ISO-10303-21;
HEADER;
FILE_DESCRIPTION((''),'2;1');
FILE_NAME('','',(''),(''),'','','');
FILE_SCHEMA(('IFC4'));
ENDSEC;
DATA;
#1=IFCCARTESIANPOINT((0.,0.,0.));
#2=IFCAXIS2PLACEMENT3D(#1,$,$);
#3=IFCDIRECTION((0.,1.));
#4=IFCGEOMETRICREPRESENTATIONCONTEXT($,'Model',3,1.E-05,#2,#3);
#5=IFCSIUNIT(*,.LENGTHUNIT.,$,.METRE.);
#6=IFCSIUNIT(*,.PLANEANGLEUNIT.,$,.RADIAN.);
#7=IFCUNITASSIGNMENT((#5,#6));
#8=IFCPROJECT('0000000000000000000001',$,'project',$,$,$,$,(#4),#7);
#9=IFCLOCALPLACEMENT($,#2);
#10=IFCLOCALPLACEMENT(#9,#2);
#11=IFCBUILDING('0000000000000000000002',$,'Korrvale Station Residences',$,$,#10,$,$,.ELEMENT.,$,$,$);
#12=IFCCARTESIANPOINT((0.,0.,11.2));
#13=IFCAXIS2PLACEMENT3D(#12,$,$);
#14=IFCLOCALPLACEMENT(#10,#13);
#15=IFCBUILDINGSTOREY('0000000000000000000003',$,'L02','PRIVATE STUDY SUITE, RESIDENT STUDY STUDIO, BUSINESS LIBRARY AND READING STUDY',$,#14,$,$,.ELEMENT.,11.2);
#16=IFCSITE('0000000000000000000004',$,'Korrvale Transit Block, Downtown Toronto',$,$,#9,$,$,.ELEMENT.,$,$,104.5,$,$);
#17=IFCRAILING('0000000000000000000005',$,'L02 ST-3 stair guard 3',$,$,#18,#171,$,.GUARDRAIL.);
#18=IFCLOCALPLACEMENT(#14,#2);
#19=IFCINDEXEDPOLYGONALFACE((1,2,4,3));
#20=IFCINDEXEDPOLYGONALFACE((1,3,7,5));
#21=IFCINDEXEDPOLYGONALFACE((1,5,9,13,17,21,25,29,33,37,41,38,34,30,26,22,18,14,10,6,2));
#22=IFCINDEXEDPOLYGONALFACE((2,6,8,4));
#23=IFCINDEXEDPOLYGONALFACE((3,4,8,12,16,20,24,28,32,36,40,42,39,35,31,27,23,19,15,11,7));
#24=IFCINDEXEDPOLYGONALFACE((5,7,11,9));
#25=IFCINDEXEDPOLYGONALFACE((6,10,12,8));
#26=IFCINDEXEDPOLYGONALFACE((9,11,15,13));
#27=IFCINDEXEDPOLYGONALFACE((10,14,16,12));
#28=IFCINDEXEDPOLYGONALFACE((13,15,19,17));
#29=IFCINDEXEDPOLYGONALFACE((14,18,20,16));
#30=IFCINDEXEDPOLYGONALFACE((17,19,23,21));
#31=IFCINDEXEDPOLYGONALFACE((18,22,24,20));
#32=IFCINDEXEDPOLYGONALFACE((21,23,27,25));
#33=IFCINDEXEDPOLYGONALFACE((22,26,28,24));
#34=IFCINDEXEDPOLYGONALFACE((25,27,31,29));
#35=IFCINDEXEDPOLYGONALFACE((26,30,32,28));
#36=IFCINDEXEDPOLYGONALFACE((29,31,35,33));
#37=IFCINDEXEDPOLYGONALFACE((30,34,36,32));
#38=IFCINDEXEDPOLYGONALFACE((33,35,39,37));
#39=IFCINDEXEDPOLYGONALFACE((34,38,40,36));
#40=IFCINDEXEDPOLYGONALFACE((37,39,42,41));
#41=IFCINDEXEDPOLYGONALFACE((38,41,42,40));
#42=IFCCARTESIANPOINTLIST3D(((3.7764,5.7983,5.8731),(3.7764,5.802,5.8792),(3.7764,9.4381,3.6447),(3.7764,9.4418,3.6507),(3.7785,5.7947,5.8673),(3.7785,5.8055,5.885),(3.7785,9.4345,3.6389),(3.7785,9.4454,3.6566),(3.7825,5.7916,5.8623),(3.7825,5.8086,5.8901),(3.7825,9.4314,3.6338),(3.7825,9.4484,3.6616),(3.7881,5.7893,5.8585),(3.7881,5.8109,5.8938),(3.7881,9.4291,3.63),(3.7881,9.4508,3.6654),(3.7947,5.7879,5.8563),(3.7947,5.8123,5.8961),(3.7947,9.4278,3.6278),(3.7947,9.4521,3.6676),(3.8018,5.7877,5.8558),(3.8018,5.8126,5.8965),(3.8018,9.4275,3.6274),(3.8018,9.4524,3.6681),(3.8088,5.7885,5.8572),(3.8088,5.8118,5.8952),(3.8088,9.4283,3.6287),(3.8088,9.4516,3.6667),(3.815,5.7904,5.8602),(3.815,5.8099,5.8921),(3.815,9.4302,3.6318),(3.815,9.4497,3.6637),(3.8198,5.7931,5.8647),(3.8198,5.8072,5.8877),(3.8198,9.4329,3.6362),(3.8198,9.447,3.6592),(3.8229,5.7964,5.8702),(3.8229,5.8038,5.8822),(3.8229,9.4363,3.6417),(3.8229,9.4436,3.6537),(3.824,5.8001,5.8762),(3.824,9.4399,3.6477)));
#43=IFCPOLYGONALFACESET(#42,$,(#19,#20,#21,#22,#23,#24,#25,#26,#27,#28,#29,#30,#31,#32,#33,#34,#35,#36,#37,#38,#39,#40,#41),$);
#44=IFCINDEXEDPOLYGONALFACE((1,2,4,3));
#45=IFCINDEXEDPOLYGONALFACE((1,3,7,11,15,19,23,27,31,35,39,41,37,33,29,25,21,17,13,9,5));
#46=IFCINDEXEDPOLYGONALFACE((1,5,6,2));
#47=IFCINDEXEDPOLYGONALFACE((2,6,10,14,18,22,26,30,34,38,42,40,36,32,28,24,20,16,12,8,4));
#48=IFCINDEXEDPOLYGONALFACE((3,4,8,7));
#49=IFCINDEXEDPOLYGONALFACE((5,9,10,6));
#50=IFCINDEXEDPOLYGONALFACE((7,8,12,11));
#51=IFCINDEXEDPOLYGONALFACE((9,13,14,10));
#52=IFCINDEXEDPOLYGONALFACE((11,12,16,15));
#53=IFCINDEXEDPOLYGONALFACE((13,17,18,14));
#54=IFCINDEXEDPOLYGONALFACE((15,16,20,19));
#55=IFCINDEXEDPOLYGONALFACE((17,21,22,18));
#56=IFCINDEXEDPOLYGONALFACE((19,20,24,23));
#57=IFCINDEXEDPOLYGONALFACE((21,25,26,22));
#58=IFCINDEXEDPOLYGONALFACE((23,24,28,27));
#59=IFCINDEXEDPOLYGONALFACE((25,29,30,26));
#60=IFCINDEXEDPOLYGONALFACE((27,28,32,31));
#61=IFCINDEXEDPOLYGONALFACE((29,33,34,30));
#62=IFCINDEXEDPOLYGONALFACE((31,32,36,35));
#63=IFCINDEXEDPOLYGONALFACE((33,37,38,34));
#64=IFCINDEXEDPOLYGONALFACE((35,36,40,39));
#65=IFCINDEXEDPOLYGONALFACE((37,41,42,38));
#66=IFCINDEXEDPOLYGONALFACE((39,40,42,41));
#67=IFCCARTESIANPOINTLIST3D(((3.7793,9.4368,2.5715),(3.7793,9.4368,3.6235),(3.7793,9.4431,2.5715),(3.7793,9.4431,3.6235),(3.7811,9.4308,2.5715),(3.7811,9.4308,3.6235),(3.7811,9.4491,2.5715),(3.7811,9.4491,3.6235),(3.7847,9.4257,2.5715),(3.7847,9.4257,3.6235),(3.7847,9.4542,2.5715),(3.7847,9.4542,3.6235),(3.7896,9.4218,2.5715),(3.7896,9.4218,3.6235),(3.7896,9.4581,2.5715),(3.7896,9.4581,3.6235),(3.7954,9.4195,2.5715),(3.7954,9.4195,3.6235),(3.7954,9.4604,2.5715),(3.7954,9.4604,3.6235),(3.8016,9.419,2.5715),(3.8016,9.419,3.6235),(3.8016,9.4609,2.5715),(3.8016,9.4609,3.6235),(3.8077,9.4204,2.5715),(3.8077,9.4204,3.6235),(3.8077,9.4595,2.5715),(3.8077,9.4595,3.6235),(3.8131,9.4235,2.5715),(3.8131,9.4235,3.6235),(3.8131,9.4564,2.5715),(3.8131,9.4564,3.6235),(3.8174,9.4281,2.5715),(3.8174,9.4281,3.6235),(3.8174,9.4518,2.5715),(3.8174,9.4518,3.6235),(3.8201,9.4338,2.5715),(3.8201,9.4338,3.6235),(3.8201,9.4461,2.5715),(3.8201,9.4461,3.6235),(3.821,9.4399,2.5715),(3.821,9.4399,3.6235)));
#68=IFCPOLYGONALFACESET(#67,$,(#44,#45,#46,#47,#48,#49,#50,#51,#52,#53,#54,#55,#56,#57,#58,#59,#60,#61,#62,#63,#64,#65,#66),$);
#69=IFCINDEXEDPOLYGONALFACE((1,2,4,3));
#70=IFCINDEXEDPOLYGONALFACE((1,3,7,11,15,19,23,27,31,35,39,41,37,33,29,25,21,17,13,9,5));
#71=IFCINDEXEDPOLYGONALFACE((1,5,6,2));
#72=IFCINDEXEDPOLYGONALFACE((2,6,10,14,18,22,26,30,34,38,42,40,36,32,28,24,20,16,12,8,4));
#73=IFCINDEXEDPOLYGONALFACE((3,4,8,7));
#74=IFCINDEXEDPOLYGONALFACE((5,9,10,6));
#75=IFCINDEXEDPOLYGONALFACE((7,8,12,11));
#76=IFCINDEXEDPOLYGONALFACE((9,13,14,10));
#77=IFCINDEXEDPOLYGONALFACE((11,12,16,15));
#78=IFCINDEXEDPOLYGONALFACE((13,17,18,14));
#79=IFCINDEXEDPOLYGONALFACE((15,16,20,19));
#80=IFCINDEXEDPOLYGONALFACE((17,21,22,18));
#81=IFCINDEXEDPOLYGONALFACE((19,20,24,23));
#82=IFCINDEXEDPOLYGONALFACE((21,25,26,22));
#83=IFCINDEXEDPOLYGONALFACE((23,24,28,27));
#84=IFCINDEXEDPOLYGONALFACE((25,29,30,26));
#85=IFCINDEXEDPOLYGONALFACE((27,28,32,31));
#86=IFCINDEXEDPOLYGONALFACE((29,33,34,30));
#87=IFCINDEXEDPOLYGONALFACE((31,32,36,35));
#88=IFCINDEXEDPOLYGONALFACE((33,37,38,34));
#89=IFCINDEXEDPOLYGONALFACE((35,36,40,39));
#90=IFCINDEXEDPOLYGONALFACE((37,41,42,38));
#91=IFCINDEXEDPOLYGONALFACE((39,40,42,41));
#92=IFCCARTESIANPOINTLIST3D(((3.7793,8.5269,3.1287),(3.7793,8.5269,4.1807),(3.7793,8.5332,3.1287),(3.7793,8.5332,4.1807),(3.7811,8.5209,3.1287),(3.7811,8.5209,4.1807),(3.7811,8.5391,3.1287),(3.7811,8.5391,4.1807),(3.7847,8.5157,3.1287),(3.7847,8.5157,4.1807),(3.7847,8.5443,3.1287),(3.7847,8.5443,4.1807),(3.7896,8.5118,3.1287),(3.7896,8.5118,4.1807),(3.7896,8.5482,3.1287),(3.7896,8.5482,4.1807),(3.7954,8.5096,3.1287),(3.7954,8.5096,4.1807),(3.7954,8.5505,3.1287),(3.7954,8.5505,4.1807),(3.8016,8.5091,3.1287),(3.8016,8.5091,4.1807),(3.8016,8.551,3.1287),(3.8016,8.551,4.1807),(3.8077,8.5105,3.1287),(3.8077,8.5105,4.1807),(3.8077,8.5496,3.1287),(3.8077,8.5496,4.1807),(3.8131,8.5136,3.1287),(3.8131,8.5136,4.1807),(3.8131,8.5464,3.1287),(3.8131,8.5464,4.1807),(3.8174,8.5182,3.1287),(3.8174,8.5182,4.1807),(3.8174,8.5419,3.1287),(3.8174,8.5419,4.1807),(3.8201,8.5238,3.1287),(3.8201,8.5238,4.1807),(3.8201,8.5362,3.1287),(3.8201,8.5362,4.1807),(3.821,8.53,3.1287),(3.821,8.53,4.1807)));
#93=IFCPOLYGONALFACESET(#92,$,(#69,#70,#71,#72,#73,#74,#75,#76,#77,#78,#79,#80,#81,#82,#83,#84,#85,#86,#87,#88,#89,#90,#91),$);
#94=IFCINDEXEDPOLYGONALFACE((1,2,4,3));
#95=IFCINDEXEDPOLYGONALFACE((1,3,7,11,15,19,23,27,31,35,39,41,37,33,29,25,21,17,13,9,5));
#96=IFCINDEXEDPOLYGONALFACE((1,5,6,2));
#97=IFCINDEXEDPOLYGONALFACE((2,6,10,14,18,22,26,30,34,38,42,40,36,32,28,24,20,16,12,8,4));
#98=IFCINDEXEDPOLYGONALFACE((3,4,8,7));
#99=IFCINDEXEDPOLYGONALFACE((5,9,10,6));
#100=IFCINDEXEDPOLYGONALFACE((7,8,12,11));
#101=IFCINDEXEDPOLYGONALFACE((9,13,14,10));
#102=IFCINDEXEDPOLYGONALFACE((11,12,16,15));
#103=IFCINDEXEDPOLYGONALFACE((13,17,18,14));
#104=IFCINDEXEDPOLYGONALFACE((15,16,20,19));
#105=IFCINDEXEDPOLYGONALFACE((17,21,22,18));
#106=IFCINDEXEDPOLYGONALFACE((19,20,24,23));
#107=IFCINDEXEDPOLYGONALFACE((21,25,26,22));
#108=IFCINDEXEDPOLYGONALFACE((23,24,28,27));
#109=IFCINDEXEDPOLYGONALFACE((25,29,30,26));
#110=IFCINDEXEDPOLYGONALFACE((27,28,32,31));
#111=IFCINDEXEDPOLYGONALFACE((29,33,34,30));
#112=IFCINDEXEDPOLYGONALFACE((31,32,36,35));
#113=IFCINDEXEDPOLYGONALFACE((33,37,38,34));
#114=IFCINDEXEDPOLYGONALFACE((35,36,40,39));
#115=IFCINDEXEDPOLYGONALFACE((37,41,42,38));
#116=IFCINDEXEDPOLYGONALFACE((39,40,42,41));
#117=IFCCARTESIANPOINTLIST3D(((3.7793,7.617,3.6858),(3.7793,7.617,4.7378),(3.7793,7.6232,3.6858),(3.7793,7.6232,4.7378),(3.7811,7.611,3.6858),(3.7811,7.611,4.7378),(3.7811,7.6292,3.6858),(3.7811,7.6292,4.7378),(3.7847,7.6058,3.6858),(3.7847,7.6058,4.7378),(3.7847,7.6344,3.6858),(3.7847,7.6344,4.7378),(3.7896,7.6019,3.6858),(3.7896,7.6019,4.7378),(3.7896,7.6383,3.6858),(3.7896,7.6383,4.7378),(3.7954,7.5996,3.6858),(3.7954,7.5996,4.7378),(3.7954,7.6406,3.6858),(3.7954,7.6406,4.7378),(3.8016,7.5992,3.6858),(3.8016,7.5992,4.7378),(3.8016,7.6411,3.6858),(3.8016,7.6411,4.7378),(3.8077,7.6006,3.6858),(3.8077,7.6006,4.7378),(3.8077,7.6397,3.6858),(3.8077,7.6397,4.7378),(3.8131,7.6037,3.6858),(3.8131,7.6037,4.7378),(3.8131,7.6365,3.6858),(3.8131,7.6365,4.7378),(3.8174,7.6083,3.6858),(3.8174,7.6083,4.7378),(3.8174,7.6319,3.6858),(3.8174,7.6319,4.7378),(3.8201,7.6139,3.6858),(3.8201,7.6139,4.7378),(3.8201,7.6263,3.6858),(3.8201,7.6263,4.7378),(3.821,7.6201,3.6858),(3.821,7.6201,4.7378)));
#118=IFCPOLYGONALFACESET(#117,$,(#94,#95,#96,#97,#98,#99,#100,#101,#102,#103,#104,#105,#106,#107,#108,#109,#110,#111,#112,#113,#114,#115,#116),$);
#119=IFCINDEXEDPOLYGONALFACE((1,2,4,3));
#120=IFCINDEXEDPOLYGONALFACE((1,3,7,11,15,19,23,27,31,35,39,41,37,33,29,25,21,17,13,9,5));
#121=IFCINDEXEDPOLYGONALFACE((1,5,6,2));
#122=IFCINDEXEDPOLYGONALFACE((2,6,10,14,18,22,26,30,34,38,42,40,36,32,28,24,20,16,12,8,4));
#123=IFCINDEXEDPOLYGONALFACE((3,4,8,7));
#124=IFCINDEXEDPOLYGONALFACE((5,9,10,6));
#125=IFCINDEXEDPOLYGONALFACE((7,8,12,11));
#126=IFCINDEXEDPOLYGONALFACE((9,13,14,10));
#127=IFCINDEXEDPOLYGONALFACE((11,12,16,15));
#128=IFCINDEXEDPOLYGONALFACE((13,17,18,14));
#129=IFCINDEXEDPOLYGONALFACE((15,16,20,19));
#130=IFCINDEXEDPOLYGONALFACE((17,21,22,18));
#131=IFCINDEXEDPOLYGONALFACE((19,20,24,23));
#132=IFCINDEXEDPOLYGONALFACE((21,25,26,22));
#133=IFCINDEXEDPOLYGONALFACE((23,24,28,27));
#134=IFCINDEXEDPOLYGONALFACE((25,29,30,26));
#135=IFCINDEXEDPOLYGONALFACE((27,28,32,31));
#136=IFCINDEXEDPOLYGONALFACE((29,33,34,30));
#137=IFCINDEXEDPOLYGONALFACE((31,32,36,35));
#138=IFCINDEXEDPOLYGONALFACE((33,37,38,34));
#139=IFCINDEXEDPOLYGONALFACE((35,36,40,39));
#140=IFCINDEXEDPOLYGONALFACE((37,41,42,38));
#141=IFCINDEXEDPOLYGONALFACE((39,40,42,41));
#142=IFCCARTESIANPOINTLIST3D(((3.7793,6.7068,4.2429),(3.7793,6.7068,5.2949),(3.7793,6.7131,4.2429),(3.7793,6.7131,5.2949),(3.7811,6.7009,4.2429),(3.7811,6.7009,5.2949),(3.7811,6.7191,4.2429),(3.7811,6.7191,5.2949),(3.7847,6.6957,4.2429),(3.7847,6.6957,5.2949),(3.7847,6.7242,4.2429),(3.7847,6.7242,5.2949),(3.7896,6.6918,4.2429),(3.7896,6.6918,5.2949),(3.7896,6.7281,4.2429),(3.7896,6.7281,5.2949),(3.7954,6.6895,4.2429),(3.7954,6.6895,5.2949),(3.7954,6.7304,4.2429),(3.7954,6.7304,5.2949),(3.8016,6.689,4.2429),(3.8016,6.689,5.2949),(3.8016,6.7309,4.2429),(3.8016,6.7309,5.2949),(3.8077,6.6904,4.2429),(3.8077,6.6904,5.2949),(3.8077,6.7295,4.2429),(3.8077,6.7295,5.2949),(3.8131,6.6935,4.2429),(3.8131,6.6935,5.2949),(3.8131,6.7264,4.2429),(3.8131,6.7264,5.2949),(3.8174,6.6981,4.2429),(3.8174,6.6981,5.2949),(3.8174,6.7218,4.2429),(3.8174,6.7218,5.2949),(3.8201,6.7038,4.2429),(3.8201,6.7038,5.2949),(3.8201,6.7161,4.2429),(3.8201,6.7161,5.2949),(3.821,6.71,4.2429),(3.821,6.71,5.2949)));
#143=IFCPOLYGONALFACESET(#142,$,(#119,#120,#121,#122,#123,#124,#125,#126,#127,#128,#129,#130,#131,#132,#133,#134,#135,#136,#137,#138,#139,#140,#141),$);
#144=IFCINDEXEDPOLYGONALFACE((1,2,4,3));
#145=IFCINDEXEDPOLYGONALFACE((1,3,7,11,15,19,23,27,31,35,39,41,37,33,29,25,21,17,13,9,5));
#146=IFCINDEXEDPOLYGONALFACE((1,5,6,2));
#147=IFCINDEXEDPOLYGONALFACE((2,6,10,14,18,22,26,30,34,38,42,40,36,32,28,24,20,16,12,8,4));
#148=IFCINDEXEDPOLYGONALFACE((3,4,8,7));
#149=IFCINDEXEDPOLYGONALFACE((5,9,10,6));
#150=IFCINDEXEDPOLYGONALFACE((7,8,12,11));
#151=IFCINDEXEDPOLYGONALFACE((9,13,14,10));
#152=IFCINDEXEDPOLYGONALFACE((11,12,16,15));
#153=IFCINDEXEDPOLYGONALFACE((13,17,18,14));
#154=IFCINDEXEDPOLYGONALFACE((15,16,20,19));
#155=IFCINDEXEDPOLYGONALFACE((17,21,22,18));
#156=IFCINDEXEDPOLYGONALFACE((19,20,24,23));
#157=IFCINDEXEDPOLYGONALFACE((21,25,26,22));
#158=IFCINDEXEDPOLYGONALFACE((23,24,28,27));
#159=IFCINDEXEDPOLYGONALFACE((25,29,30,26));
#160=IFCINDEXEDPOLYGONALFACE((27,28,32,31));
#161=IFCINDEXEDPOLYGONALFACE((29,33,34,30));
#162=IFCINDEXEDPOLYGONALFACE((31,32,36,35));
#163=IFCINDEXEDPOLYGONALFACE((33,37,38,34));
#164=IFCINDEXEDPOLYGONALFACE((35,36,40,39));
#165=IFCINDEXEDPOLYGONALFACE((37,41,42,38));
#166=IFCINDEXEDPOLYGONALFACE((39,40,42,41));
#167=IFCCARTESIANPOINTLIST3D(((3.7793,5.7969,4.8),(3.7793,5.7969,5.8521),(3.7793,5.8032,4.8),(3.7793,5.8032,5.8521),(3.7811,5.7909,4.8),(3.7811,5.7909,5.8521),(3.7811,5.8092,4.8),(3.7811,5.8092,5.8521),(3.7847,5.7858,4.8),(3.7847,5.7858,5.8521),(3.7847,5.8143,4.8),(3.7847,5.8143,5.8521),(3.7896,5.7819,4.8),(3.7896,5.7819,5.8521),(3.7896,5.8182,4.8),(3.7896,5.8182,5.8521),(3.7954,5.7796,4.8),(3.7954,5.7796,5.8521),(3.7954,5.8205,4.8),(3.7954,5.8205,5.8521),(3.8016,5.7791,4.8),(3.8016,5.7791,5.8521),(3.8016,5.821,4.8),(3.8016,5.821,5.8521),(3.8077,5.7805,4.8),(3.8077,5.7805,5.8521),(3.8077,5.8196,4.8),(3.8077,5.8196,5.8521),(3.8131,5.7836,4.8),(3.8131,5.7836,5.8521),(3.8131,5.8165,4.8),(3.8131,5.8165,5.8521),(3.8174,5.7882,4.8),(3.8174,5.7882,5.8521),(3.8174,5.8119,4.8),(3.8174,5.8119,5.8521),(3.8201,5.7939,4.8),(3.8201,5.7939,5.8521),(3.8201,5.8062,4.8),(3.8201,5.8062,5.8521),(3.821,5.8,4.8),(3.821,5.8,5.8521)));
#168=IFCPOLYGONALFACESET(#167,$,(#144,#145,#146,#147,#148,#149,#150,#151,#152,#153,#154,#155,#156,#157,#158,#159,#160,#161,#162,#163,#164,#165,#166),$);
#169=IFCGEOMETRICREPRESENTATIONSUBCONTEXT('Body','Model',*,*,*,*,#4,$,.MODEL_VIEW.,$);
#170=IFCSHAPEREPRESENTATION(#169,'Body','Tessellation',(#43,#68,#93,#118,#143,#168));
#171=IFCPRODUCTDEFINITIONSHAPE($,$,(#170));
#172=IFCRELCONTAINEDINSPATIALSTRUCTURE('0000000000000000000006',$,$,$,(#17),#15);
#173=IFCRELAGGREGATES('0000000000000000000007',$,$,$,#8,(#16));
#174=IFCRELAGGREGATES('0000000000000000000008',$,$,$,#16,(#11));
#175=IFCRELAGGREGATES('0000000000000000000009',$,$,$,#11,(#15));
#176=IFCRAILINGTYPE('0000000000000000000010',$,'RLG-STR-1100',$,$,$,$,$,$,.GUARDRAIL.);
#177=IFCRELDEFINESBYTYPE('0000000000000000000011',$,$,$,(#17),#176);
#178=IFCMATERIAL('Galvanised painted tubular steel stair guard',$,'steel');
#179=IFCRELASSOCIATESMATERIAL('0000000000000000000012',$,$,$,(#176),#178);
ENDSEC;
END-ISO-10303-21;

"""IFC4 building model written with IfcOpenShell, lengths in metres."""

from ifc_helpers import new_model, si_unit, direction, frame, origin, origin_2d, place, context, subcontext, project, spatial, circle, extrude, material, type_object, element, save


model = new_model("IFC4")

# Units and contexts
model_context = context("Model", 3, precision=1e-05, world=origin(), true_north=direction((0.0, 1.0)))
body_context = subcontext(model_context, "Body", "Model", "MODEL_VIEW")
ifc_project = project(units=[si_unit("LENGTHUNIT", "METRE"), si_unit("PLANEANGLEUNIT", "RADIAN")], contexts=[model_context])

# Site, building, storey
site_placement = place(None, origin())
site = spatial("IfcSite", under=ifc_project, at=site_placement, Name="Korrvale Transit Block, Downtown Toronto", CompositionType="ELEMENT", RefElevation=104.5)
building_placement = place(site_placement, origin())
building = spatial("IfcBuilding", under=site, at=building_placement, Name="Korrvale Station Residences", CompositionType="ELEMENT")
storey_placement = place(building_placement, frame((0.0, 0.0, 11.2)))
storey = spatial("IfcBuildingStorey", under=building, at=storey_placement, Name="L02", Description="PRIVATE STUDY SUITE, RESIDENT STUDY STUDIO, BUSINESS LIBRARY AND READING STUDY", CompositionType="ELEMENT", Elevation=11.2)

# Railing
ifc_material_1 = material(Name="Galvanised painted tubular steel stair guard", Category="steel")
railing_type_1 = type_object("IfcRailingType", Name="RLG-STR-1100", PredefinedType="GUARDRAIL", material=ifc_material_1)
railing_1_placement = place(storey_placement, frame((3.8, 9.4399, 2.5715)))
element("IfcRailing", 1, at=railing_1_placement, inside=storey, type_object=railing_type_1, Name="L02 ST-3 stair guard 3", PredefinedType="GUARDRAIL", context=body_context, shape_type="SweptSolid", body=[
    extrude(circle(Radius=0.0239, at=origin_2d()), frame((0.0, 0.0, 1.0762), z_axis=(0.0, -0.85285, 0.522156), x_axis=(1.0, 0.0, 0.0)), (0.0, 0.0, 1.0), 4.2678),
    extrude(circle(Radius=0.021, at=origin_2d()), origin(), (0.0, 0.0, 1.0), 1.052),
    extrude(circle(Radius=0.021, at=origin_2d()), frame((0.0, -0.9099, 0.5571)), (0.0, 0.0, 1.0), 1.052),
    extrude(circle(Radius=0.021, at=origin_2d()), frame((0.0, -1.8198, 1.1143)), (0.0, 0.0, 1.0), 1.052),
    extrude(circle(Radius=0.021, at=origin_2d()), frame((0.0, -2.73, 1.6714)), (0.0, 0.0, 1.0), 1.052),
    extrude(circle(Radius=0.021, at=origin_2d()), frame((0.0, -3.6399, 2.2285)), (0.0, 0.0, 1.0), 1.052),
])

save(model, "model.ifc")
